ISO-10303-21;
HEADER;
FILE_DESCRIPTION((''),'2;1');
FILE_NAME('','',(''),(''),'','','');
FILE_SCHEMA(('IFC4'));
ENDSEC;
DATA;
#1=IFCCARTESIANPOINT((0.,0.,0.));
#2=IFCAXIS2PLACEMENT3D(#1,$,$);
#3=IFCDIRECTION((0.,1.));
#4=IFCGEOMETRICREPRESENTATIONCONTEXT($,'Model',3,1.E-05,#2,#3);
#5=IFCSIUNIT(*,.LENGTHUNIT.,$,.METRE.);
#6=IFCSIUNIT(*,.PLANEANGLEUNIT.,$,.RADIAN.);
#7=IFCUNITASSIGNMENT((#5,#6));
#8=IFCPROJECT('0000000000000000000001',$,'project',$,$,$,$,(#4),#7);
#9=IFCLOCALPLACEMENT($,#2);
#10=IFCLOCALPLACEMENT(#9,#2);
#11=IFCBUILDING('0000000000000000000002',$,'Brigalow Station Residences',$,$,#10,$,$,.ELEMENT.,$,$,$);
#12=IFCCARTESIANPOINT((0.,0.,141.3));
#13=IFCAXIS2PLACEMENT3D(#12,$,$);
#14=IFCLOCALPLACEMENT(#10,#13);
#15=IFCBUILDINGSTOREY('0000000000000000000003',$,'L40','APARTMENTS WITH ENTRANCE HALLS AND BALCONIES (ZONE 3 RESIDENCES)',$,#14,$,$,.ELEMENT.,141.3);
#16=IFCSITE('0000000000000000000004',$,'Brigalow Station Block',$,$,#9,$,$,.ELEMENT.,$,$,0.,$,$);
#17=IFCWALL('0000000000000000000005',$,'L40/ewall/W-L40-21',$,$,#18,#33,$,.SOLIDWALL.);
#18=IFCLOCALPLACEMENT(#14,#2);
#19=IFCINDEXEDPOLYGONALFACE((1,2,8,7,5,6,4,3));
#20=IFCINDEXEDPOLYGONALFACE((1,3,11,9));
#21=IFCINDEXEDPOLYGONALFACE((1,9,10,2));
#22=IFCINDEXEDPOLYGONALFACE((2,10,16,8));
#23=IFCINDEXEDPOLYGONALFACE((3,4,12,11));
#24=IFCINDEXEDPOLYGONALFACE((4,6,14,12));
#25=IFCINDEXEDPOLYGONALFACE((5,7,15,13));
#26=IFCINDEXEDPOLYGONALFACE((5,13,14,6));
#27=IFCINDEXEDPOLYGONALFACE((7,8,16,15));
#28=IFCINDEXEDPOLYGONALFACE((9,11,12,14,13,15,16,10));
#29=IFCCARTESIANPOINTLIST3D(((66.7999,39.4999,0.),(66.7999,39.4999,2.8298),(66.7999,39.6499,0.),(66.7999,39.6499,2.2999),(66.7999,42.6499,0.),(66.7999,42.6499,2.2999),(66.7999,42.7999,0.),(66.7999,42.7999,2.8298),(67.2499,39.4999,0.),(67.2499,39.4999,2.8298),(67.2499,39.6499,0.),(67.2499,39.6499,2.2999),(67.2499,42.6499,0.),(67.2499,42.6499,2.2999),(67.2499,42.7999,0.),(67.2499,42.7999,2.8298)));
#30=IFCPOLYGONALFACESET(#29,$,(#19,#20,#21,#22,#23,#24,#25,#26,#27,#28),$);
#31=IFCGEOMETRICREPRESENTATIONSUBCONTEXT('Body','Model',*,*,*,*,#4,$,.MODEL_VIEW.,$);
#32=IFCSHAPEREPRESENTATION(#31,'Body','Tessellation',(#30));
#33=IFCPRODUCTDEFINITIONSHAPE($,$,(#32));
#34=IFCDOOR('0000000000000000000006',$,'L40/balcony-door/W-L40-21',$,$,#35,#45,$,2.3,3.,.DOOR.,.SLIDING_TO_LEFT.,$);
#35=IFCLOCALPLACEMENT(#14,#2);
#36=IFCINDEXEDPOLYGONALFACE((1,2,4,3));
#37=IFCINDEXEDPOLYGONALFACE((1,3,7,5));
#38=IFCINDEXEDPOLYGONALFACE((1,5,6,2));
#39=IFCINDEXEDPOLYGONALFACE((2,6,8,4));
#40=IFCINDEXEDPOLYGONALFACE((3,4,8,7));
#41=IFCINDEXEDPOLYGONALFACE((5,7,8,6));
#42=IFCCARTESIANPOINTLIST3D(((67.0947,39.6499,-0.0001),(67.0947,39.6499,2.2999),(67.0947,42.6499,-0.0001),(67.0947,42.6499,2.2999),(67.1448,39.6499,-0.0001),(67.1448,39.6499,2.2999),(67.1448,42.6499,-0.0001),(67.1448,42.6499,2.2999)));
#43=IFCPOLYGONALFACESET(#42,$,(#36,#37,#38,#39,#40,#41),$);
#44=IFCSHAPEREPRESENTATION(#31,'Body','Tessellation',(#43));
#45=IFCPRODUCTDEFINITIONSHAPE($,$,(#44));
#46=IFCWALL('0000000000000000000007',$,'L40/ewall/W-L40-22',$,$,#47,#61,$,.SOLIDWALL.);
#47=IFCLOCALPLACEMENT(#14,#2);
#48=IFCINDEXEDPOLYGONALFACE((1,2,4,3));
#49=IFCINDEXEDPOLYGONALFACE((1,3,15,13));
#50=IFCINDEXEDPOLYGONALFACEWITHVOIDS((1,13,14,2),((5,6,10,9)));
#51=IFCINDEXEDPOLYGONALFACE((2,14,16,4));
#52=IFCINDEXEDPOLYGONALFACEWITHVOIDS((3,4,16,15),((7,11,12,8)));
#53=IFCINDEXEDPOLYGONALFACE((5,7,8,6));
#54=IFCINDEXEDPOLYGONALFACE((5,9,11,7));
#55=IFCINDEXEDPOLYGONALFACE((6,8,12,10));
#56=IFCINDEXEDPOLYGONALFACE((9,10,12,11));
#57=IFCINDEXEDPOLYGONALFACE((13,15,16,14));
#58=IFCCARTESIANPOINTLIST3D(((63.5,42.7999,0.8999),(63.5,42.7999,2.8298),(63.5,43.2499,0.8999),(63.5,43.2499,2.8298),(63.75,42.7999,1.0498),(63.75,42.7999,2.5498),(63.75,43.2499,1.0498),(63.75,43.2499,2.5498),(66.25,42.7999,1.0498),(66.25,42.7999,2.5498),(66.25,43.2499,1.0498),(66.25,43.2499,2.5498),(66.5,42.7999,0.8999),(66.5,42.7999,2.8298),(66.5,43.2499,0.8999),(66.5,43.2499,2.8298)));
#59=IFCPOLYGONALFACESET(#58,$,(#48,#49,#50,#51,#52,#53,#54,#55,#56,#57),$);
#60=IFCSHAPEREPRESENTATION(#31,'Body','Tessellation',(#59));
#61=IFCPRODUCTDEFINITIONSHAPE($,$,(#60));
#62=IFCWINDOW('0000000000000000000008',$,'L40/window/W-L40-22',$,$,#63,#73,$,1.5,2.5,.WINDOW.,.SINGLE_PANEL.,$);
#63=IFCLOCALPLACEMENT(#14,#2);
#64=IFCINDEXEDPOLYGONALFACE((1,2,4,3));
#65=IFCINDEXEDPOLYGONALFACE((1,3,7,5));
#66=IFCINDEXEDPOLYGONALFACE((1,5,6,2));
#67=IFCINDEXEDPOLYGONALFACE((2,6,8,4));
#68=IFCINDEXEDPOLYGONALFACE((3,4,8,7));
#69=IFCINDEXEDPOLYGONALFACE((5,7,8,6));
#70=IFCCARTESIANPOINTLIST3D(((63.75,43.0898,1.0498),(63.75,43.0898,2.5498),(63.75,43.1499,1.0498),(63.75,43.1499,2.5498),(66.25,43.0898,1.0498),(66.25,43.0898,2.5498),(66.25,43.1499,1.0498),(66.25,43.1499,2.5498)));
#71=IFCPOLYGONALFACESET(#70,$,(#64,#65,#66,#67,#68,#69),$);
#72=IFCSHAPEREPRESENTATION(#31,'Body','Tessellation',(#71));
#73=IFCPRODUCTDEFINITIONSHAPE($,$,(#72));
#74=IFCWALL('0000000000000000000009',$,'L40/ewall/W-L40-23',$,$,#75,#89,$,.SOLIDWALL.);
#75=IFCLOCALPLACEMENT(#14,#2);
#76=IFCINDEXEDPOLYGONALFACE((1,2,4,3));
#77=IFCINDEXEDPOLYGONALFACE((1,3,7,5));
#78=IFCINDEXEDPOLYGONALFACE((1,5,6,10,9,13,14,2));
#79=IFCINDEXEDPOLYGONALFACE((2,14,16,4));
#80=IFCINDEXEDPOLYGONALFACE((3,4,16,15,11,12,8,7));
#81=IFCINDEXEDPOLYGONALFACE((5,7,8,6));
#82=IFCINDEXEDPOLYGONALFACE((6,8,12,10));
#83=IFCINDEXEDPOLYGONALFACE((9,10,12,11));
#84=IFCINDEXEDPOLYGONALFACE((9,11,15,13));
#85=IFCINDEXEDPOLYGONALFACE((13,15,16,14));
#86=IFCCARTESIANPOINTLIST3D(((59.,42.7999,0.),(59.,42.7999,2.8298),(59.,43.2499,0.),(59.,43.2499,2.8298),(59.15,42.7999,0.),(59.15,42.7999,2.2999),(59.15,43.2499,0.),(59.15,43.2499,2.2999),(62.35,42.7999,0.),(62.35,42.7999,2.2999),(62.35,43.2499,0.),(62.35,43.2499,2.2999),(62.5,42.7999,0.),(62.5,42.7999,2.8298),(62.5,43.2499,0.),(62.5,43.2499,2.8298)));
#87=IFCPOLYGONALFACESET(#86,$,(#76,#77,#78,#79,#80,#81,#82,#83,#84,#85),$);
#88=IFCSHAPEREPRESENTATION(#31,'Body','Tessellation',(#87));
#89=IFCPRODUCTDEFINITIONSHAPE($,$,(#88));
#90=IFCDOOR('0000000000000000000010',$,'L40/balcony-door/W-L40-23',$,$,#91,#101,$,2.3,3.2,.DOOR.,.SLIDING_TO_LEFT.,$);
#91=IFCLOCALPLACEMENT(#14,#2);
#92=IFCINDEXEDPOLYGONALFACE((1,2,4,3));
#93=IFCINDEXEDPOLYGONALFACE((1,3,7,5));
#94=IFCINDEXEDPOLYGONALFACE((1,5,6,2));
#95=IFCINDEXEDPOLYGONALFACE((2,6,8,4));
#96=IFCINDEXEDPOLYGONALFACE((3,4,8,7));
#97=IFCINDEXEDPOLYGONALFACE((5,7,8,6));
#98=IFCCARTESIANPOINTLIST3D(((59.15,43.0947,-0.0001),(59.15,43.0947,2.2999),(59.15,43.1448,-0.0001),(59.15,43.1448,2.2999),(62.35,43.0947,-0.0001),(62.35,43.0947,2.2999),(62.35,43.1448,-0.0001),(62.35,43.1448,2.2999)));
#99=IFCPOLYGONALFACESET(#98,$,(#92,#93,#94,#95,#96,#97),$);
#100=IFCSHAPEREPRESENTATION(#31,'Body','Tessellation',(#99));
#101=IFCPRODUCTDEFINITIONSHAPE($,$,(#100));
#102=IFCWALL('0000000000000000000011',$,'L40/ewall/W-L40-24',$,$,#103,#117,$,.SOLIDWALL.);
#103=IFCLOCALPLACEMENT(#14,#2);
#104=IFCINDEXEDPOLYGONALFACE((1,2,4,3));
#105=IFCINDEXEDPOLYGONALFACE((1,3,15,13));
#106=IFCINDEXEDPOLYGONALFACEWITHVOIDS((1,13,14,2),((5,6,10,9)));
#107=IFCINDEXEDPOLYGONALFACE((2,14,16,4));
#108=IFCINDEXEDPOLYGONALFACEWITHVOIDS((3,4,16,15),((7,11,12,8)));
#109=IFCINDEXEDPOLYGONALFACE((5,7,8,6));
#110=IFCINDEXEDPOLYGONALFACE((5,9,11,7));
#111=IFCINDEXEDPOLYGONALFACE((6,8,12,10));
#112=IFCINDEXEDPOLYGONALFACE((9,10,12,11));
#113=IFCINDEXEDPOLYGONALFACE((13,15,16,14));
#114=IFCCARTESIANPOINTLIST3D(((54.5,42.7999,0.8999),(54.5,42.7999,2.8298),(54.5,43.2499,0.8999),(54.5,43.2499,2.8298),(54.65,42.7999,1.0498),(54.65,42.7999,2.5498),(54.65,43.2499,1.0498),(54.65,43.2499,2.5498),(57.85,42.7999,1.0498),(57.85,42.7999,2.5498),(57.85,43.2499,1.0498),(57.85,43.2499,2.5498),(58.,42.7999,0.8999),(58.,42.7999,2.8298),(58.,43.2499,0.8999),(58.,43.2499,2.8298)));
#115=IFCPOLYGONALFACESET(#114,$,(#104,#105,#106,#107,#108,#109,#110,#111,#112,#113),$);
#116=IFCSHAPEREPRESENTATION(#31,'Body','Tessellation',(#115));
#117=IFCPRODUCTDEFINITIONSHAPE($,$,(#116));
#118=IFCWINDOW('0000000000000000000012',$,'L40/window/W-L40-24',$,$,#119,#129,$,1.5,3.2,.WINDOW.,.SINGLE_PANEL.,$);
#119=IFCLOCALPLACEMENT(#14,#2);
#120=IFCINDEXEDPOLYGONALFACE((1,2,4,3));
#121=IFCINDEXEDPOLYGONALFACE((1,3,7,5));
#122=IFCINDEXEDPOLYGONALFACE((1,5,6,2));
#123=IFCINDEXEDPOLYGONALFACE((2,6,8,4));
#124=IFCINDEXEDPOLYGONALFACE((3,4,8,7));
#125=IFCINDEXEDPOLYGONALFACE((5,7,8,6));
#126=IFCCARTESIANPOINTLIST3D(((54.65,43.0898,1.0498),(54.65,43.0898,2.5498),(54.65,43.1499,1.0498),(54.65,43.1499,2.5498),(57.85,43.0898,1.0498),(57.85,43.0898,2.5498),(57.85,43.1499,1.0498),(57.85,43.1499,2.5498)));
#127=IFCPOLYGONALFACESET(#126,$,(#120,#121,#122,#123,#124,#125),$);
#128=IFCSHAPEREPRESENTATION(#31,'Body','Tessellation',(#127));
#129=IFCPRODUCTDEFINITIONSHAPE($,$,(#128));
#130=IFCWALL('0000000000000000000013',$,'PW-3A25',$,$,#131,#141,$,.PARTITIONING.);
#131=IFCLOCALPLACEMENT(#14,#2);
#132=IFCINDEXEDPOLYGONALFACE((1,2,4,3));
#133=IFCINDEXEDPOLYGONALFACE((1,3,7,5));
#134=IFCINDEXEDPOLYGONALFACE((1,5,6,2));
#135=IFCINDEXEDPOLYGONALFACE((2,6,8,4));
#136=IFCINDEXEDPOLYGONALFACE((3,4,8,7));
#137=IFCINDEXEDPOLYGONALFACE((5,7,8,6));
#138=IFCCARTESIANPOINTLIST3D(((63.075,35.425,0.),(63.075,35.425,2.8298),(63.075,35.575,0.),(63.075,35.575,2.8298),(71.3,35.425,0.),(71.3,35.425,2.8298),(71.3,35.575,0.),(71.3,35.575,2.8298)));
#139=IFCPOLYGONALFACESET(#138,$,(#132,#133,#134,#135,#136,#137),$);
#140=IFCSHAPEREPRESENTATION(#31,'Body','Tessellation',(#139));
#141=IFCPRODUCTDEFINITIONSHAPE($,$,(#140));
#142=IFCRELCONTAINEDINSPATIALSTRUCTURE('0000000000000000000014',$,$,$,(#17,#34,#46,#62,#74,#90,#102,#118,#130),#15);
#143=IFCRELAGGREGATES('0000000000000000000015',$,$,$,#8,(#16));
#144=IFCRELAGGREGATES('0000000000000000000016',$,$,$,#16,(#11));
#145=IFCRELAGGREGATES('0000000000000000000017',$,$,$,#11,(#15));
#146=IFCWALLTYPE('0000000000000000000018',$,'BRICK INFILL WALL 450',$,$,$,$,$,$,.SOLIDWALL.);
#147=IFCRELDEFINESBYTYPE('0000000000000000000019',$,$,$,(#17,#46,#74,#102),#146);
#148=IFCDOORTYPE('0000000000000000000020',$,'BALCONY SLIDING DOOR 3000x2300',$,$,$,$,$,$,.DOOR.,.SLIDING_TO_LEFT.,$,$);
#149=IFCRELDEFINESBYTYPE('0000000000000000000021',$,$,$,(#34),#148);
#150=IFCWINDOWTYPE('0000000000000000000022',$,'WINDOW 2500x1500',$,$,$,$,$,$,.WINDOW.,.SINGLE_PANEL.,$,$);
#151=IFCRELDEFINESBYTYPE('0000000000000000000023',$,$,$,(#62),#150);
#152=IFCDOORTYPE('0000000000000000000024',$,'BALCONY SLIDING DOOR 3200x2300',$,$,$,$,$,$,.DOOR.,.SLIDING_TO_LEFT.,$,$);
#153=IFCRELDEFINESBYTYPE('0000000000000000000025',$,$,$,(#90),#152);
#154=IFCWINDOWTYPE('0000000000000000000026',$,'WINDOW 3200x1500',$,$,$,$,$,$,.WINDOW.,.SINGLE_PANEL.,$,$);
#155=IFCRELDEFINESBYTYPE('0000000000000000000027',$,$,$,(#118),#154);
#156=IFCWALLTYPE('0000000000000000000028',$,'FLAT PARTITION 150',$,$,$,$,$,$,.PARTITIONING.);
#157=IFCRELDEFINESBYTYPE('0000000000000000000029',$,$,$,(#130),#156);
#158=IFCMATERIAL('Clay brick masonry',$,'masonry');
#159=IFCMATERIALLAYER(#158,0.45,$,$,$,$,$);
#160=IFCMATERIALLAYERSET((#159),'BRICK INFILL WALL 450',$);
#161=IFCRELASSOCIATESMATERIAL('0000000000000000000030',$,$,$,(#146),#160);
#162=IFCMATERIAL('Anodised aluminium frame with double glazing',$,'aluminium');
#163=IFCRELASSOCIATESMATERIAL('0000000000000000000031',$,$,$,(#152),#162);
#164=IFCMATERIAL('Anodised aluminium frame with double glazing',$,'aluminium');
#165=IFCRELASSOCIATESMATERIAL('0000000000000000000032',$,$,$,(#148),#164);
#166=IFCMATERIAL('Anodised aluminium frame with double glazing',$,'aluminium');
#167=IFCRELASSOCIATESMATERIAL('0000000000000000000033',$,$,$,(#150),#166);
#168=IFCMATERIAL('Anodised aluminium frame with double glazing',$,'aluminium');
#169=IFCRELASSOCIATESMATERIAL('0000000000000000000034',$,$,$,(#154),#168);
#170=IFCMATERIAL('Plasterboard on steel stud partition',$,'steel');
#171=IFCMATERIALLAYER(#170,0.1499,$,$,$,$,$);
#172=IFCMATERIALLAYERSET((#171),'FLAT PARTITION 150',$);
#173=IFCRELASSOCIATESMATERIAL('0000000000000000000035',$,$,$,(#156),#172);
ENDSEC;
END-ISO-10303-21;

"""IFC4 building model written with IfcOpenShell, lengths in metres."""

from ifc_helpers import new_model, si_unit, direction, frame, frame_2d, origin, place, context, subcontext, project, spatial, rectangle, extrude, material, layer, layer_set, type_object, element, fill, save


model = new_model("IFC4")

# Units and contexts
model_context = context("Model", 3, precision=1e-05, world=origin(), true_north=direction((0.0, 1.0)))
body_context = subcontext(model_context, "Body", "Model", "MODEL_VIEW")
ifc_project = project(units=[si_unit("LENGTHUNIT", "METRE"), si_unit("PLANEANGLEUNIT", "RADIAN")], contexts=[model_context])

# Site, building, storey
site_placement = place(None, origin())
site = spatial("IfcSite", under=ifc_project, at=site_placement, Name="Brigalow Station Block", CompositionType="ELEMENT", RefElevation=0.0)
building_placement = place(site_placement, origin())
building = spatial("IfcBuilding", under=site, at=building_placement, Name="Brigalow Station Residences", CompositionType="ELEMENT")
storey_placement = place(building_placement, frame((0.0, 0.0, 141.3)))
storey = spatial("IfcBuildingStorey", under=building, at=storey_placement, Name="L40", Description="APARTMENTS WITH ENTRANCE HALLS AND BALCONIES (ZONE 3 RESIDENCES)", CompositionType="ELEMENT", Elevation=141.3)

# Shared definitions
ifc_material_1 = material(Name="Clay brick masonry", Category="masonry")
ifc_layer_1 = layer(ifc_material_1, 0.45)
ifc_layer_set_1 = layer_set([ifc_layer_1], Name="BRICK INFILL WALL 450")
wall_type_1 = type_object("IfcWallType", Name="BRICK INFILL WALL 450", PredefinedType="SOLIDWALL", material=ifc_layer_set_1)

# Wall, opening, door
ifc_material_2 = material(Name="Anodised aluminium frame with double glazing", Category="aluminium")
door_type_1 = type_object("IfcDoorType", Name="BALCONY SLIDING DOOR 3200x2300", OperationType="SLIDING_TO_LEFT", PredefinedType="DOOR", material=ifc_material_2)
wall_1_placement = place(storey_placement, frame((67.0249, 39.5, 0.0), z_axis=(0.0, 0.0, 1.0), x_axis=(0.0, 1.0, 0.0)))
wall_1 = element("IfcWall", 1, at=wall_1_placement, inside=storey, type_object=wall_type_1, Name="L40/ewall/W-L40-21", PredefinedType="SOLIDWALL", context=body_context, shape_type="SweptSolid", body=[
    extrude(rectangle(XDim=3.3, YDim=0.45, at=frame_2d((1.6499, 0.0))), origin(), (0.0, 0.0, 1.0), 2.8298),
])
opening_1_placement = place(wall_1_placement, frame((0.1499, 0.0, 0.0)))
opening_1 = element("IfcOpeningElement", 2, at=opening_1_placement, cuts=wall_1, PredefinedType="OPENING", context=body_context, shape_type="SweptSolid", body=[
    extrude(rectangle(XDim=3.0, YDim=2.3, at=frame_2d((1.5, 1.1499))), frame((0.0, 0.2349, 0.0), z_axis=(0.0, -1.0, 0.0), x_axis=(1.0, 0.0, 0.0)), (0.0, 0.0, 1.0), 0.47),
])
ifc_material_3 = material(Name="Anodised aluminium frame with double glazing", Category="aluminium")
door_type_2 = type_object("IfcDoorType", Name="BALCONY SLIDING DOOR 3000x2300", OperationType="SLIDING_TO_LEFT", PredefinedType="DOOR", material=ifc_material_3)
door_1_placement = place(opening_1_placement, origin())
door_1 = element("IfcDoor", 3, at=door_1_placement, inside=storey, type_object=door_type_2, Name="L40/balcony-door/W-L40-21", OperationType="SLIDING_TO_LEFT", OverallHeight=2.3, OverallWidth=3.0, PredefinedType="DOOR", context=body_context, shape_type="SweptSolid", body=[
    extrude(rectangle(XDim=3.0, YDim=2.3, at=frame_2d((1.5, 1.1499))), frame((0.0, -0.0698, 0.0), z_axis=(0.0, -1.0, 0.0), x_axis=(1.0, 0.0, 0.0)), (0.0, 0.0, 1.0), 0.05),
])
fill(opening_1, door_1)

# Wall, opening, window
wall_2_placement = place(storey_placement, frame((66.5, 43.0249, 0.8999), z_axis=(0.0, 0.0, 1.0), x_axis=(-1.0, 0.0, 0.0)))
wall_2 = element("IfcWall", 4, at=wall_2_placement, inside=storey, type_object=wall_type_1, Name="L40/ewall/W-L40-22", PredefinedType="SOLIDWALL", context=body_context, shape_type="SweptSolid", body=[
    extrude(rectangle(XDim=3.0, YDim=0.45, at=frame_2d((1.5, 0.0))), origin(), (0.0, 0.0, 1.0), 1.9299),
])
opening_2_placement = place(wall_2_placement, frame((0.25, 0.0, 0.1499)))
opening_2 = element("IfcOpeningElement", 5, at=opening_2_placement, cuts=wall_2, PredefinedType="OPENING", context=body_context, shape_type="SweptSolid", body=[
    extrude(rectangle(XDim=2.5, YDim=1.5, at=frame_2d((1.25, 0.75))), frame((0.0, 0.2349, 0.0), z_axis=(0.0, -1.0, 0.0), x_axis=(1.0, 0.0, 0.0)), (0.0, 0.0, 1.0), 0.47),
])
ifc_material_4 = material(Name="Anodised aluminium frame with double glazing", Category="aluminium")
window_type_1 = type_object("IfcWindowType", Name="WINDOW 2500x1500", PartitioningType="SINGLE_PANEL", PredefinedType="WINDOW", material=ifc_material_4)
window_1_placement = place(opening_2_placement, origin())
window_1 = element("IfcWindow", 6, at=window_1_placement, inside=storey, type_object=window_type_1, Name="L40/window/W-L40-22", OverallHeight=1.5, OverallWidth=2.5, PartitioningType="SINGLE_PANEL", PredefinedType="WINDOW", context=body_context, shape_type="SweptSolid", body=[
    extrude(rectangle(XDim=2.5, YDim=1.5, at=frame_2d((1.25, 0.75))), frame((0.0, -0.0649, 0.0), z_axis=(0.0, -1.0, 0.0), x_axis=(1.0, 0.0, 0.0)), (0.0, 0.0, 1.0), 0.0601),
])
fill(opening_2, window_1)

# Wall, opening, door
wall_3_placement = place(storey_placement, frame((62.5, 43.0249, 0.0), z_axis=(0.0, 0.0, 1.0), x_axis=(-1.0, 0.0, 0.0)))
wall_3 = element("IfcWall", 7, at=wall_3_placement, inside=storey, type_object=wall_type_1, Name="L40/ewall/W-L40-23", PredefinedType="SOLIDWALL", context=body_context, shape_type="SweptSolid", body=[
    extrude(rectangle(XDim=3.5, YDim=0.45, at=frame_2d((1.75, 0.0))), origin(), (0.0, 0.0, 1.0), 2.8298),
])
opening_3_placement = place(wall_3_placement, frame((0.1499, 0.0, 0.0)))
opening_3 = element("IfcOpeningElement", 8, at=opening_3_placement, cuts=wall_3, PredefinedType="OPENING", context=body_context, shape_type="SweptSolid", body=[
    extrude(rectangle(XDim=3.2, YDim=2.3, at=frame_2d((1.6001, 1.1499))), frame((0.0, 0.2349, 0.0), z_axis=(0.0, -1.0, 0.0), x_axis=(1.0, 0.0, 0.0)), (0.0, 0.0, 1.0), 0.47),
])
door_2_placement = place(opening_3_placement, origin())
door_2 = element("IfcDoor", 9, at=door_2_placement, inside=storey, type_object=door_type_1, Name="L40/balcony-door/W-L40-23", OperationType="SLIDING_TO_LEFT", OverallHeight=2.3, OverallWidth=3.2, PredefinedType="DOOR", context=body_context, shape_type="SweptSolid", body=[
    extrude(rectangle(XDim=3.2, YDim=2.3, at=frame_2d((1.6001, 1.1499))), frame((0.0, -0.0698, 0.0), z_axis=(0.0, -1.0, 0.0), x_axis=(1.0, 0.0, 0.0)), (0.0, 0.0, 1.0), 0.05),
])
fill(opening_3, door_2)

# Wall, opening, window
wall_4_placement = place(storey_placement, frame((58.0, 43.0249, 0.8999), z_axis=(0.0, 0.0, 1.0), x_axis=(-1.0, 0.0, 0.0)))
wall_4 = element("IfcWall", 10, at=wall_4_placement, inside=storey, type_object=wall_type_1, Name="L40/ewall/W-L40-24", PredefinedType="SOLIDWALL", context=body_context, shape_type="SweptSolid", body=[
    extrude(rectangle(XDim=3.5, YDim=0.45, at=frame_2d((1.75, 0.0))), origin(), (0.0, 0.0, 1.0), 1.9299),
])
opening_4_placement = place(wall_4_placement, frame((0.1499, 0.0, 0.1499)))
opening_4 = element("IfcOpeningElement", 11, at=opening_4_placement, cuts=wall_4, PredefinedType="OPENING", context=body_context, shape_type="SweptSolid", body=[
    extrude(rectangle(XDim=3.2, YDim=1.5, at=frame_2d((1.6001, 0.75))), frame((0.0, 0.2349, 0.0), z_axis=(0.0, -1.0, 0.0), x_axis=(1.0, 0.0, 0.0)), (0.0, 0.0, 1.0), 0.47),
])
ifc_material_5 = material(Name="Anodised aluminium frame with double glazing", Category="aluminium")
window_type_2 = type_object("IfcWindowType", Name="WINDOW 3200x1500", PartitioningType="SINGLE_PANEL", PredefinedType="WINDOW", material=ifc_material_5)
window_2_placement = place(opening_4_placement, origin())
window_2 = element("IfcWindow", 12, at=window_2_placement, inside=storey, type_object=window_type_2, Name="L40/window/W-L40-24", OverallHeight=1.5, OverallWidth=3.2, PartitioningType="SINGLE_PANEL", PredefinedType="WINDOW", context=body_context, shape_type="SweptSolid", body=[
    extrude(rectangle(XDim=3.2, YDim=1.5, at=frame_2d((1.6001, 0.75))), frame((0.0, -0.0649, 0.0), z_axis=(0.0, -1.0, 0.0), x_axis=(1.0, 0.0, 0.0)), (0.0, 0.0, 1.0), 0.0601),
])
fill(opening_4, window_2)

# Wall
ifc_material_6 = material(Name="Plasterboard on steel stud partition", Category="steel")
ifc_layer_2 = layer(ifc_material_6, 0.1499)
ifc_layer_set_2 = layer_set([ifc_layer_2], Name="FLAT PARTITION 150")
wall_type_2 = type_object("IfcWallType", Name="FLAT PARTITION 150", PredefinedType="PARTITIONING", material=ifc_layer_set_2)
wall_5_placement = place(storey_placement, frame((63.075, 35.5, 0.0), z_axis=(0.0, 0.0, 1.0), x_axis=(1.0, 0.0, 0.0)))
element("IfcWall", 13, at=wall_5_placement, inside=storey, type_object=wall_type_2, Name="PW-3A25", PredefinedType="PARTITIONING", context=body_context, shape_type="SweptSolid", body=[
    extrude(rectangle(XDim=8.2251, YDim=0.1499, at=frame_2d((4.1125, 0.0))), origin(), (0.0, 0.0, 1.0), 2.8298),
])

save(model, "model.ifc")
